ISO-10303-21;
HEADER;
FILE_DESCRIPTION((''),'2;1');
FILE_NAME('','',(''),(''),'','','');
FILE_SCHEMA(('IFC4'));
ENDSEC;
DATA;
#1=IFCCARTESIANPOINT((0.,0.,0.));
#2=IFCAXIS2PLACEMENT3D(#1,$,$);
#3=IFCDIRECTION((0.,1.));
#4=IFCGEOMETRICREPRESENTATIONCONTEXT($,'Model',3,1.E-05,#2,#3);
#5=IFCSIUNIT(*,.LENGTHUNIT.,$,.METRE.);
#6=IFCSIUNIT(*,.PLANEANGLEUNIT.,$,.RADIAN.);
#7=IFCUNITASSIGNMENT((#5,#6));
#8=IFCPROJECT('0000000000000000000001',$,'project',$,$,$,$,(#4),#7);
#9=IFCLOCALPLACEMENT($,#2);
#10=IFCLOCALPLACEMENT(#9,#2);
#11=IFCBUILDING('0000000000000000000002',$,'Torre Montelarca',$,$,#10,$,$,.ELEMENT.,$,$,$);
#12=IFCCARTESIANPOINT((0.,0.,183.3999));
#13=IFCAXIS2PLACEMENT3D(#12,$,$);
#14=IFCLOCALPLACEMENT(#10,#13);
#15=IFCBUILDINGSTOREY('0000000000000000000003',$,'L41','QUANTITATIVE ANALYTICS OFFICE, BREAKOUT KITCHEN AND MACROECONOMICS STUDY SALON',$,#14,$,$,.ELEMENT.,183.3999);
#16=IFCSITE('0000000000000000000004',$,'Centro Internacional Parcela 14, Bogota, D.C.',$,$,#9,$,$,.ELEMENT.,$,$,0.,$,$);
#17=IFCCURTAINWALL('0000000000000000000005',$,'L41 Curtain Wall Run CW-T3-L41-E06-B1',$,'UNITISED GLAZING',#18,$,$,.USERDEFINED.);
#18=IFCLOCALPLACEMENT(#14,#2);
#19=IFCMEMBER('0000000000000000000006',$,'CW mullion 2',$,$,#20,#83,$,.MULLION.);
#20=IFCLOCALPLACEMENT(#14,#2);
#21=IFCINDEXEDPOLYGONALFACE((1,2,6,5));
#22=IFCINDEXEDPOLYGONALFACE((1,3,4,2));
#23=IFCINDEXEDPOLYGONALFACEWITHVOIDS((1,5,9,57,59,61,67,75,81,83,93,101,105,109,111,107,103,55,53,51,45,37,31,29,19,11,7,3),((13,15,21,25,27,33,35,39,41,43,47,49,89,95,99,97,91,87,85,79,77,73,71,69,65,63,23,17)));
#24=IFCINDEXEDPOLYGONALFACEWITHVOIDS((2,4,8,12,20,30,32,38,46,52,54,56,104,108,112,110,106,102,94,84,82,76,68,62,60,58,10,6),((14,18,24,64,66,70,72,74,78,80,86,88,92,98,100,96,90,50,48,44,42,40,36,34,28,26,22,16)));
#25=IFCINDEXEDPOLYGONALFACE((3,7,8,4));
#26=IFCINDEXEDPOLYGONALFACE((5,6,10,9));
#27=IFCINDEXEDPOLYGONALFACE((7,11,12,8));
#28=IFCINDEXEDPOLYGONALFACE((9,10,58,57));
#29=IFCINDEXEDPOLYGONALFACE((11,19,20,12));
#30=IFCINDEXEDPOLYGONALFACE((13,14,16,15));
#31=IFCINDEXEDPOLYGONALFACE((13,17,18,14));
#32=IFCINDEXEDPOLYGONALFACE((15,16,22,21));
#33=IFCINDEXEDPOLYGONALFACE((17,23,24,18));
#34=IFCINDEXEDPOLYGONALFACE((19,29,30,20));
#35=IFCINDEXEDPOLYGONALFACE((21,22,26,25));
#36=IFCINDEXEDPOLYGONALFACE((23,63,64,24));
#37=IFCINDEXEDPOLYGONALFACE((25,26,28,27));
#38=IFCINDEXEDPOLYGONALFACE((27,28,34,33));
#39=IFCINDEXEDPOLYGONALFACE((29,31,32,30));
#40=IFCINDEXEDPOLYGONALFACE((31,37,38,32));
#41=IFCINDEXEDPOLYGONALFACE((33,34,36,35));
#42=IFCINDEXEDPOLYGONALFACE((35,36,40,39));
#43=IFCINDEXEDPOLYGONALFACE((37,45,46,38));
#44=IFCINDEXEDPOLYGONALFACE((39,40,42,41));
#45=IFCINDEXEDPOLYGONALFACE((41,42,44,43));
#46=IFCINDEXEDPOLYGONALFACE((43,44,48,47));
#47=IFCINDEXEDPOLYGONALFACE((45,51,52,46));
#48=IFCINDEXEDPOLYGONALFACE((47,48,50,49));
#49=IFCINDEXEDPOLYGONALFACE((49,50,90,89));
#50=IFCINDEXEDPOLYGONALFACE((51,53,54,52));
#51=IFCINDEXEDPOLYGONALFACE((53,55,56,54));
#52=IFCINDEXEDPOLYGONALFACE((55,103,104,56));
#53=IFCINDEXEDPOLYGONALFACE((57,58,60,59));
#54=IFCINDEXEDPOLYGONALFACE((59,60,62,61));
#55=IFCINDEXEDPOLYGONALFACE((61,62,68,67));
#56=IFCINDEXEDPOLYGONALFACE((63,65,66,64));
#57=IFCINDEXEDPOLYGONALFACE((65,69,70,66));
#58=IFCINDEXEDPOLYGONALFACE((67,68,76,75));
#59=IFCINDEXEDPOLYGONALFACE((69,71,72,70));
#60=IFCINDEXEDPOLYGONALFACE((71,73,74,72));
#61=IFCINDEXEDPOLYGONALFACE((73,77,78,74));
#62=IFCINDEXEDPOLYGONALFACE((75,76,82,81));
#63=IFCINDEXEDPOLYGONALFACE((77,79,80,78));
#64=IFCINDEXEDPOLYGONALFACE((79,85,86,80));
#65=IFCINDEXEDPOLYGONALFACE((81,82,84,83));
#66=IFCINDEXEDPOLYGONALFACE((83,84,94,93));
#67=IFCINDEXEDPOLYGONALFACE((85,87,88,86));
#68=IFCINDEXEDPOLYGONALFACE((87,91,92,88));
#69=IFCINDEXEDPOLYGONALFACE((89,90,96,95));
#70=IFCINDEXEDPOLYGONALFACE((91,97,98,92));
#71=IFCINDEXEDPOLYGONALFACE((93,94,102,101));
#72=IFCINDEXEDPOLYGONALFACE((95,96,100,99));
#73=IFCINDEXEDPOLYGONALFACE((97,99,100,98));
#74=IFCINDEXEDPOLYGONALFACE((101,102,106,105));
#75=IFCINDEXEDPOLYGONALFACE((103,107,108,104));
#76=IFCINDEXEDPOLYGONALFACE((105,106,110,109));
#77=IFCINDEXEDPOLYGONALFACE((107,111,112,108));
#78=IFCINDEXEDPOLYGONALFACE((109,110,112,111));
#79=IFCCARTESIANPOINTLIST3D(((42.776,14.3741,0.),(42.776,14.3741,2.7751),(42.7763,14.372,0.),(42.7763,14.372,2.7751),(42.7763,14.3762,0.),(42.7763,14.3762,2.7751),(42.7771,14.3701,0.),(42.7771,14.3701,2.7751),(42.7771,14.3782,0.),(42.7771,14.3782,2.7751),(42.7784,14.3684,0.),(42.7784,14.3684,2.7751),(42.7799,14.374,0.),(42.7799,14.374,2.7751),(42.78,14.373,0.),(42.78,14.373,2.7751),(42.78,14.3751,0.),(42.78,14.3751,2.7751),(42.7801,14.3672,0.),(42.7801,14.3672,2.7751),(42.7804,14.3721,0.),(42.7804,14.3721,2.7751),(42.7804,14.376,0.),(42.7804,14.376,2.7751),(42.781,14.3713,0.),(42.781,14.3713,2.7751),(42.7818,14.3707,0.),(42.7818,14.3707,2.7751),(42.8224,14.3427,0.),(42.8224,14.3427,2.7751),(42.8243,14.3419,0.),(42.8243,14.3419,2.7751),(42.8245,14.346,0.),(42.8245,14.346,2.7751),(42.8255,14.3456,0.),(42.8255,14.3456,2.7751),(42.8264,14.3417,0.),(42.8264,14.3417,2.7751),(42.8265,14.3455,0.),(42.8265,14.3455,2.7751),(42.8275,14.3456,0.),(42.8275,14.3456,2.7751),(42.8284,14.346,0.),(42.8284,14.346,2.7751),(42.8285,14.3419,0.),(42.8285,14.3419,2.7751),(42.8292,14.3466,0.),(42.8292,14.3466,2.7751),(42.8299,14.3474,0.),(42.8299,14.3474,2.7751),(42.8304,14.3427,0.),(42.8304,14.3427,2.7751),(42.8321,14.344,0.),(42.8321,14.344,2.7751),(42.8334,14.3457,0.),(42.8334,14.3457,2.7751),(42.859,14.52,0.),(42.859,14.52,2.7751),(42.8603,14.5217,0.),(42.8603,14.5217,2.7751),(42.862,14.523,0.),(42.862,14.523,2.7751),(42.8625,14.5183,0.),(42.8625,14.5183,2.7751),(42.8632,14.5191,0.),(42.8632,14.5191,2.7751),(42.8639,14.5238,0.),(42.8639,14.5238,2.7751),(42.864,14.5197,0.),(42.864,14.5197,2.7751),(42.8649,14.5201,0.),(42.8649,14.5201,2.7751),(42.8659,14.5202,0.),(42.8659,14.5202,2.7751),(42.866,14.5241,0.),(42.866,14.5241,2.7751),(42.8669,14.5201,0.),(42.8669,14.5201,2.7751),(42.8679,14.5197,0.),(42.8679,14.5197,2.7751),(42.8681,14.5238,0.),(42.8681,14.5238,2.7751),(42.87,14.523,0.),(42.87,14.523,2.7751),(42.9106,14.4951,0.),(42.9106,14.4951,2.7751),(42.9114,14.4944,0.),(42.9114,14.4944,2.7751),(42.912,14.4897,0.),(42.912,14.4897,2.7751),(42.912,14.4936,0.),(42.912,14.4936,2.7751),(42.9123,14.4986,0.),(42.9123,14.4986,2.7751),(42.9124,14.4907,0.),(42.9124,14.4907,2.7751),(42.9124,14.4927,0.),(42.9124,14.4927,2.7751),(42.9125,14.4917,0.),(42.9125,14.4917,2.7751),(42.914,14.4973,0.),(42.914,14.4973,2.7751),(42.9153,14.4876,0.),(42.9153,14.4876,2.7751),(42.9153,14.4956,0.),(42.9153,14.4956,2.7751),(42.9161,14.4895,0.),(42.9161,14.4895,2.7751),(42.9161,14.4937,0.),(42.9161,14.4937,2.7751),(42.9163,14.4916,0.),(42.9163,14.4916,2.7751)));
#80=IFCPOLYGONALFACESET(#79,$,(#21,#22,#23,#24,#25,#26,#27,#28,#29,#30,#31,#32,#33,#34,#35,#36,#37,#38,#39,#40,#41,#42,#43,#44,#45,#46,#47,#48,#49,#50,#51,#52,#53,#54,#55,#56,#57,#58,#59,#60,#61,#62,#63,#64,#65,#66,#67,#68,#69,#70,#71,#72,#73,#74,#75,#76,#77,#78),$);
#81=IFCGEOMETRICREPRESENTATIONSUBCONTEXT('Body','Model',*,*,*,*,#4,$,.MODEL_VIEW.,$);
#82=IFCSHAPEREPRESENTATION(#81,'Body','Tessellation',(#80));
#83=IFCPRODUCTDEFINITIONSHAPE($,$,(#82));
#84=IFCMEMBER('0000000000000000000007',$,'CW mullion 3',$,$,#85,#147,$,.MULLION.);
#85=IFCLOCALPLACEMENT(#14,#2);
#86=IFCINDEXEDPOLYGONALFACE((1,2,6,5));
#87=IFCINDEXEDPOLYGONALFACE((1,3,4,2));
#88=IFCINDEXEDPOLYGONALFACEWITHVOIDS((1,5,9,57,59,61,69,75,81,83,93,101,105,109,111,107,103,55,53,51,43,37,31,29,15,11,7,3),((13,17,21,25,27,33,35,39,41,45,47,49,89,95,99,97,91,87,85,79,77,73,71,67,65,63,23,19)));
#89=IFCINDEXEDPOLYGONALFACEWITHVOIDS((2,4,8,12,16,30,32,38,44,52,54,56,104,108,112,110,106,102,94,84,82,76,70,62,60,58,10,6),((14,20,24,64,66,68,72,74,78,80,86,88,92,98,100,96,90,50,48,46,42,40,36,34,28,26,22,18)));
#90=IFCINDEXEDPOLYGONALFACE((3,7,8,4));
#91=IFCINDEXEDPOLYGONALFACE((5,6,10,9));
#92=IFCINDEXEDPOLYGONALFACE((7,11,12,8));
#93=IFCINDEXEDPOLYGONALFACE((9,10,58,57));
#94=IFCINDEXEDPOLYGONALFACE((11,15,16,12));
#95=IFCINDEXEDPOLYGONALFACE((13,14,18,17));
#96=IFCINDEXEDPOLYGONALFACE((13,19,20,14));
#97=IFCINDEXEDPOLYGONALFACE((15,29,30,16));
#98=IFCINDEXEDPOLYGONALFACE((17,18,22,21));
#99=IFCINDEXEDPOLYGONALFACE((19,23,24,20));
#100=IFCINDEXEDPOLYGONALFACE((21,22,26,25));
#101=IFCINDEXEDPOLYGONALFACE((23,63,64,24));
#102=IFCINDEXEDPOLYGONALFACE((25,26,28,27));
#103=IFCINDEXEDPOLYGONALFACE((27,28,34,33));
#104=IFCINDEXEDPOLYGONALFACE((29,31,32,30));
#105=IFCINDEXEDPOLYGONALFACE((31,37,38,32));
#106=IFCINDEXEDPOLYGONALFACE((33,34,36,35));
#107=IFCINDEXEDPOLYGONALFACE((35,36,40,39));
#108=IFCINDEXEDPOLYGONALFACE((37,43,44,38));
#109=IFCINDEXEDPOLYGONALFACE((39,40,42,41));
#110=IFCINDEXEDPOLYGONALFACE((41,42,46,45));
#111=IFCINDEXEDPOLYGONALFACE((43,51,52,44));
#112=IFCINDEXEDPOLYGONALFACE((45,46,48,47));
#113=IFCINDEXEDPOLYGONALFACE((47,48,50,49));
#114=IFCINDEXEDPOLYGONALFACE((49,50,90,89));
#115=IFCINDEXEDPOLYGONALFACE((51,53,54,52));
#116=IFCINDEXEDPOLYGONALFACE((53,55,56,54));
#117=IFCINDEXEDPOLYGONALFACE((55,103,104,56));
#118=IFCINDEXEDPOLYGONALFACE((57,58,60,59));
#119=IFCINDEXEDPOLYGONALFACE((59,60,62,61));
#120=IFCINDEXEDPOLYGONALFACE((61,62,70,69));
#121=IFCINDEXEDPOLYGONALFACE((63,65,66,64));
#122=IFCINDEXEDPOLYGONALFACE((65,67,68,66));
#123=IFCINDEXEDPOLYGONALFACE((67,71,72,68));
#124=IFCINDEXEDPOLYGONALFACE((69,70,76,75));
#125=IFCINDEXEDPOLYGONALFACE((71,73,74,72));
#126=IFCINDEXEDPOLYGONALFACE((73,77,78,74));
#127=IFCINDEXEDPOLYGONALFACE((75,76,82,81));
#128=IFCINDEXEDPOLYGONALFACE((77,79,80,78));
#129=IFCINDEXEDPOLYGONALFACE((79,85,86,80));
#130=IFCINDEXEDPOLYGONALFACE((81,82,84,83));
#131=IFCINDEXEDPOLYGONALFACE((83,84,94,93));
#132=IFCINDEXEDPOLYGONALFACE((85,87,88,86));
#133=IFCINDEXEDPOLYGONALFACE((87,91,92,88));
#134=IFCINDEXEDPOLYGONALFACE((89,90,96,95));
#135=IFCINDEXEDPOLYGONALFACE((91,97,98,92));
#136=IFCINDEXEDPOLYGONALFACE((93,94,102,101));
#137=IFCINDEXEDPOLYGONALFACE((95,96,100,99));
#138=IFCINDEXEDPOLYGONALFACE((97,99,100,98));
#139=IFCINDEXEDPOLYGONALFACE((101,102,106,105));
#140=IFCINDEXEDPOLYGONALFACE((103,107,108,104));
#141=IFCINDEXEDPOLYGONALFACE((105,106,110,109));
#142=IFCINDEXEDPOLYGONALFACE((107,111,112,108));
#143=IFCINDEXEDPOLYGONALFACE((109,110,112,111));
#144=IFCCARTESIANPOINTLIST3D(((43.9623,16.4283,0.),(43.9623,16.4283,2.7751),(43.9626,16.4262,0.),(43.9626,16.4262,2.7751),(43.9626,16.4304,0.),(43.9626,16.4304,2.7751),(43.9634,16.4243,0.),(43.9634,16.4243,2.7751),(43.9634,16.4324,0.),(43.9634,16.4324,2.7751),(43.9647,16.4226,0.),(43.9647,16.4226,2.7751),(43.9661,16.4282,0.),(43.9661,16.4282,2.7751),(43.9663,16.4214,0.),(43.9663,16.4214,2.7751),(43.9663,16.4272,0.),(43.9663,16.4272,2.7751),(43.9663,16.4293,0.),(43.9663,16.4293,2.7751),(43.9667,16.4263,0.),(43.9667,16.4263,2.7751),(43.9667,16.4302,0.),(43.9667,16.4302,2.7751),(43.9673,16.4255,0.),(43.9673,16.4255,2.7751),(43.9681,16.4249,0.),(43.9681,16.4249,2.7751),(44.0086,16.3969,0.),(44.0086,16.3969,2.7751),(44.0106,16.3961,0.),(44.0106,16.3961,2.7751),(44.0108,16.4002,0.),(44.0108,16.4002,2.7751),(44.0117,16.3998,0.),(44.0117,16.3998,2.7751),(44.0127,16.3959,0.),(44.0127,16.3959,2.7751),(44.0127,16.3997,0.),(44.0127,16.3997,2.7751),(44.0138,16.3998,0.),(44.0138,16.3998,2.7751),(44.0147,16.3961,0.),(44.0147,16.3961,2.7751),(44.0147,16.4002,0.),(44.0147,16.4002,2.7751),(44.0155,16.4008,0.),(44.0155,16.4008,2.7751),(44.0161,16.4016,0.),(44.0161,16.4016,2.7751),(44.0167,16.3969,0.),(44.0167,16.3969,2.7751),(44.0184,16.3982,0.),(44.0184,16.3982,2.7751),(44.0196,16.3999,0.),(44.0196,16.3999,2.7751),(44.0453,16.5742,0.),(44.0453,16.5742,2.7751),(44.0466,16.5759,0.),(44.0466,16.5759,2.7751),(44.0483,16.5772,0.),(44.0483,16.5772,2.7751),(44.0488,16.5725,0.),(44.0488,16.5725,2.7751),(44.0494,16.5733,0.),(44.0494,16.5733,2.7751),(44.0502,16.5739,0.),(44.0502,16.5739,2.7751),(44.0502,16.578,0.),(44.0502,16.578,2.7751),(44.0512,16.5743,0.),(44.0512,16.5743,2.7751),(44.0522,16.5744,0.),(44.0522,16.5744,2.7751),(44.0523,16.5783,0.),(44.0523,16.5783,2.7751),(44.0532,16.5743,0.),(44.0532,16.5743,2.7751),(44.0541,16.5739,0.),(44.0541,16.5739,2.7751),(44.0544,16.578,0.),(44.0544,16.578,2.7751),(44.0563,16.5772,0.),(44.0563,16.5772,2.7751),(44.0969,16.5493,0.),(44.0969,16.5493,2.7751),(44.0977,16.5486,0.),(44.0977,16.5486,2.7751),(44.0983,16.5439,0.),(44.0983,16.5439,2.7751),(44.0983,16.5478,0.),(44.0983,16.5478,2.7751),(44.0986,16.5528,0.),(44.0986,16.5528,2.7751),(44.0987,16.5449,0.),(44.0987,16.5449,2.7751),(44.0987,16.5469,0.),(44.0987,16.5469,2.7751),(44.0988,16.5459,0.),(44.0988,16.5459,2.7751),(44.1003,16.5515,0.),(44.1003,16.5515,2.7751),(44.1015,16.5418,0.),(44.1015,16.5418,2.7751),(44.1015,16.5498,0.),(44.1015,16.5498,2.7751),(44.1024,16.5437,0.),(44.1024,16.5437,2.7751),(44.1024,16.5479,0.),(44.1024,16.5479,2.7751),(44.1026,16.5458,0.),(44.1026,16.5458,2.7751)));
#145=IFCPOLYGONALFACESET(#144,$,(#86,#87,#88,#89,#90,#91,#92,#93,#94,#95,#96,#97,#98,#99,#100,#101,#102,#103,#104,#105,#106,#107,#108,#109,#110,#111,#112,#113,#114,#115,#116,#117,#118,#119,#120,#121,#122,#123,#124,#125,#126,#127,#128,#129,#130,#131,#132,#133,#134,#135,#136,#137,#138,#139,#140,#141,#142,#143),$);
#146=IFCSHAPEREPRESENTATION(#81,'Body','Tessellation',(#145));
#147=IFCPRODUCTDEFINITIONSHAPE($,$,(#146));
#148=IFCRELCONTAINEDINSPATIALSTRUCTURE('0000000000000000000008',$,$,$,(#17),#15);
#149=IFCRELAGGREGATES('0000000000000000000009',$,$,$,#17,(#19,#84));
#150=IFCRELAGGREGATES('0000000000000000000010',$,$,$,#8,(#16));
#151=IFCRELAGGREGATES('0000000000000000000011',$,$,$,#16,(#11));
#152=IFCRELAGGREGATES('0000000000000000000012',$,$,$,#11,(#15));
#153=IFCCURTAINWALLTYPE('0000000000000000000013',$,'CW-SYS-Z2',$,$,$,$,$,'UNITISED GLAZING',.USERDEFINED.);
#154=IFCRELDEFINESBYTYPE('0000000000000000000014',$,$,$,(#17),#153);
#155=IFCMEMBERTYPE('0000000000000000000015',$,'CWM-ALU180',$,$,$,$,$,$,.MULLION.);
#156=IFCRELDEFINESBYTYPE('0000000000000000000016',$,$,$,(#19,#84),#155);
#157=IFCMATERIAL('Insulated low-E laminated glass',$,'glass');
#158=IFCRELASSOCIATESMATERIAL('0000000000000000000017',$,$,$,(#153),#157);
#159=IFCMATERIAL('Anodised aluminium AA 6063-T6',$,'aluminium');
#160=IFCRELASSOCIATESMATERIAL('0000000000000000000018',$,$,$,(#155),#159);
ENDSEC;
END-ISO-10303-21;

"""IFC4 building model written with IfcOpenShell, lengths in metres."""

from ifc_helpers import new_model, si_unit, direction, frame, origin, origin_2d, place, context, subcontext, project, spatial, hollow_rectangle, extrude, source, transform, mapped, material, material_profile, profile_set, type_object, element, aggregate, save


model = new_model("IFC4")

# Units and contexts
model_context = context("Model", 3, precision=1e-05, world=origin(), true_north=direction((0.0, 1.0)))
body_context = subcontext(model_context, "Body", "Model", "MODEL_VIEW")
ifc_project = project(units=[si_unit("LENGTHUNIT", "METRE"), si_unit("PLANEANGLEUNIT", "RADIAN")], contexts=[model_context])

# Site, building, storey
site_placement = place(None, origin())
site = spatial("IfcSite", under=ifc_project, at=site_placement, Name="Centro Internacional Parcela 14, Bogota, D.C.", CompositionType="ELEMENT", RefElevation=0.0)
building_placement = place(site_placement, origin())
building = spatial("IfcBuilding", under=site, at=building_placement, Name="Torre Montelarca", CompositionType="ELEMENT")
storey_placement = place(building_placement, frame((0.0, 0.0, 183.3999)))
storey = spatial("IfcBuildingStorey", under=building, at=storey_placement, Name="L41", Description="QUANTITATIVE ANALYTICS OFFICE, BREAKOUT KITCHEN AND MACROECONOMICS STUDY SALON", CompositionType="ELEMENT", Elevation=183.3999)

# Curtain wall, members
ifc_material_1 = material(Name="Insulated low-E laminated glass", Category="glass")
curtain_wall_type = type_object("IfcCurtainWallType", Name="CW-SYS-Z2", ElementType="UNITISED GLAZING", PredefinedType="USERDEFINED", material=ifc_material_1)
curtain_wall_1_placement = place(storey_placement, origin())
curtain_wall_1 = element("IfcCurtainWall", 1, at=curtain_wall_1_placement, inside=storey, type_object=curtain_wall_type, Name="L41 Curtain Wall Run CW-T3-L41-E06-B1", ObjectType="UNITISED GLAZING", PredefinedType="USERDEFINED")
ifc_material_2 = material(Name="Anodised aluminium AA 6063-T6", Category="aluminium")
ifc_material_profile_1 = material_profile(ifc_material_2, hollow_rectangle(XDim=0.0649, YDim=0.1799, WallThickness=0.0039, InnerFilletRadius=0.0039, OuterFilletRadius=0.0081, at=origin_2d()), Name="ALU65X180X4", Category="aluminium")
ifc_profile_set_1 = profile_set([ifc_material_profile_1], Name="Anodised aluminium AA 6063-T6")
member_type_1 = type_object("IfcMemberType", Name="CWM-ALU180", PredefinedType="MULLION", material=ifc_profile_set_1)
shared_shape_1 = source(origin(), body_context, "Body", "SweptSolid", [
    extrude(hollow_rectangle(XDim=0.0649, YDim=0.1799, WallThickness=0.0039, InnerFilletRadius=0.0039, OuterFilletRadius=0.0081, at=origin_2d()), origin(), (0.0, 0.0, 1.0), 2.7751),
])
member_1_placement = place(storey_placement, frame((42.8462, 14.4329, 0.0), z_axis=(0.0, 0.0, 1.0), x_axis=(-0.866021, 0.500008, 0.0)))
member_1 = element("IfcMember", 2, at=member_1_placement, type_object=member_type_1, Name="CW mullion 2", PredefinedType="MULLION", context=body_context, shape_type="MappedRepresentation", body=[
    mapped(shared_shape_1, transform((0.0, 0.0, 0.0), scale=1.0)),
])
member_2_placement = place(storey_placement, frame((44.0325, 16.4871, 0.0), z_axis=(0.0, 0.0, 1.0), x_axis=(-0.866021, 0.500008, 0.0)))
member_2 = element("IfcMember", 3, at=member_2_placement, type_object=member_type_1, Name="CW mullion 3", PredefinedType="MULLION", context=body_context, shape_type="MappedRepresentation", body=[
    mapped(shared_shape_1, transform((0.0, 0.0, 0.0), scale=1.0)),
])

aggregate(curtain_wall_1, [member_1, member_2])

save(model, "model.ifc")
